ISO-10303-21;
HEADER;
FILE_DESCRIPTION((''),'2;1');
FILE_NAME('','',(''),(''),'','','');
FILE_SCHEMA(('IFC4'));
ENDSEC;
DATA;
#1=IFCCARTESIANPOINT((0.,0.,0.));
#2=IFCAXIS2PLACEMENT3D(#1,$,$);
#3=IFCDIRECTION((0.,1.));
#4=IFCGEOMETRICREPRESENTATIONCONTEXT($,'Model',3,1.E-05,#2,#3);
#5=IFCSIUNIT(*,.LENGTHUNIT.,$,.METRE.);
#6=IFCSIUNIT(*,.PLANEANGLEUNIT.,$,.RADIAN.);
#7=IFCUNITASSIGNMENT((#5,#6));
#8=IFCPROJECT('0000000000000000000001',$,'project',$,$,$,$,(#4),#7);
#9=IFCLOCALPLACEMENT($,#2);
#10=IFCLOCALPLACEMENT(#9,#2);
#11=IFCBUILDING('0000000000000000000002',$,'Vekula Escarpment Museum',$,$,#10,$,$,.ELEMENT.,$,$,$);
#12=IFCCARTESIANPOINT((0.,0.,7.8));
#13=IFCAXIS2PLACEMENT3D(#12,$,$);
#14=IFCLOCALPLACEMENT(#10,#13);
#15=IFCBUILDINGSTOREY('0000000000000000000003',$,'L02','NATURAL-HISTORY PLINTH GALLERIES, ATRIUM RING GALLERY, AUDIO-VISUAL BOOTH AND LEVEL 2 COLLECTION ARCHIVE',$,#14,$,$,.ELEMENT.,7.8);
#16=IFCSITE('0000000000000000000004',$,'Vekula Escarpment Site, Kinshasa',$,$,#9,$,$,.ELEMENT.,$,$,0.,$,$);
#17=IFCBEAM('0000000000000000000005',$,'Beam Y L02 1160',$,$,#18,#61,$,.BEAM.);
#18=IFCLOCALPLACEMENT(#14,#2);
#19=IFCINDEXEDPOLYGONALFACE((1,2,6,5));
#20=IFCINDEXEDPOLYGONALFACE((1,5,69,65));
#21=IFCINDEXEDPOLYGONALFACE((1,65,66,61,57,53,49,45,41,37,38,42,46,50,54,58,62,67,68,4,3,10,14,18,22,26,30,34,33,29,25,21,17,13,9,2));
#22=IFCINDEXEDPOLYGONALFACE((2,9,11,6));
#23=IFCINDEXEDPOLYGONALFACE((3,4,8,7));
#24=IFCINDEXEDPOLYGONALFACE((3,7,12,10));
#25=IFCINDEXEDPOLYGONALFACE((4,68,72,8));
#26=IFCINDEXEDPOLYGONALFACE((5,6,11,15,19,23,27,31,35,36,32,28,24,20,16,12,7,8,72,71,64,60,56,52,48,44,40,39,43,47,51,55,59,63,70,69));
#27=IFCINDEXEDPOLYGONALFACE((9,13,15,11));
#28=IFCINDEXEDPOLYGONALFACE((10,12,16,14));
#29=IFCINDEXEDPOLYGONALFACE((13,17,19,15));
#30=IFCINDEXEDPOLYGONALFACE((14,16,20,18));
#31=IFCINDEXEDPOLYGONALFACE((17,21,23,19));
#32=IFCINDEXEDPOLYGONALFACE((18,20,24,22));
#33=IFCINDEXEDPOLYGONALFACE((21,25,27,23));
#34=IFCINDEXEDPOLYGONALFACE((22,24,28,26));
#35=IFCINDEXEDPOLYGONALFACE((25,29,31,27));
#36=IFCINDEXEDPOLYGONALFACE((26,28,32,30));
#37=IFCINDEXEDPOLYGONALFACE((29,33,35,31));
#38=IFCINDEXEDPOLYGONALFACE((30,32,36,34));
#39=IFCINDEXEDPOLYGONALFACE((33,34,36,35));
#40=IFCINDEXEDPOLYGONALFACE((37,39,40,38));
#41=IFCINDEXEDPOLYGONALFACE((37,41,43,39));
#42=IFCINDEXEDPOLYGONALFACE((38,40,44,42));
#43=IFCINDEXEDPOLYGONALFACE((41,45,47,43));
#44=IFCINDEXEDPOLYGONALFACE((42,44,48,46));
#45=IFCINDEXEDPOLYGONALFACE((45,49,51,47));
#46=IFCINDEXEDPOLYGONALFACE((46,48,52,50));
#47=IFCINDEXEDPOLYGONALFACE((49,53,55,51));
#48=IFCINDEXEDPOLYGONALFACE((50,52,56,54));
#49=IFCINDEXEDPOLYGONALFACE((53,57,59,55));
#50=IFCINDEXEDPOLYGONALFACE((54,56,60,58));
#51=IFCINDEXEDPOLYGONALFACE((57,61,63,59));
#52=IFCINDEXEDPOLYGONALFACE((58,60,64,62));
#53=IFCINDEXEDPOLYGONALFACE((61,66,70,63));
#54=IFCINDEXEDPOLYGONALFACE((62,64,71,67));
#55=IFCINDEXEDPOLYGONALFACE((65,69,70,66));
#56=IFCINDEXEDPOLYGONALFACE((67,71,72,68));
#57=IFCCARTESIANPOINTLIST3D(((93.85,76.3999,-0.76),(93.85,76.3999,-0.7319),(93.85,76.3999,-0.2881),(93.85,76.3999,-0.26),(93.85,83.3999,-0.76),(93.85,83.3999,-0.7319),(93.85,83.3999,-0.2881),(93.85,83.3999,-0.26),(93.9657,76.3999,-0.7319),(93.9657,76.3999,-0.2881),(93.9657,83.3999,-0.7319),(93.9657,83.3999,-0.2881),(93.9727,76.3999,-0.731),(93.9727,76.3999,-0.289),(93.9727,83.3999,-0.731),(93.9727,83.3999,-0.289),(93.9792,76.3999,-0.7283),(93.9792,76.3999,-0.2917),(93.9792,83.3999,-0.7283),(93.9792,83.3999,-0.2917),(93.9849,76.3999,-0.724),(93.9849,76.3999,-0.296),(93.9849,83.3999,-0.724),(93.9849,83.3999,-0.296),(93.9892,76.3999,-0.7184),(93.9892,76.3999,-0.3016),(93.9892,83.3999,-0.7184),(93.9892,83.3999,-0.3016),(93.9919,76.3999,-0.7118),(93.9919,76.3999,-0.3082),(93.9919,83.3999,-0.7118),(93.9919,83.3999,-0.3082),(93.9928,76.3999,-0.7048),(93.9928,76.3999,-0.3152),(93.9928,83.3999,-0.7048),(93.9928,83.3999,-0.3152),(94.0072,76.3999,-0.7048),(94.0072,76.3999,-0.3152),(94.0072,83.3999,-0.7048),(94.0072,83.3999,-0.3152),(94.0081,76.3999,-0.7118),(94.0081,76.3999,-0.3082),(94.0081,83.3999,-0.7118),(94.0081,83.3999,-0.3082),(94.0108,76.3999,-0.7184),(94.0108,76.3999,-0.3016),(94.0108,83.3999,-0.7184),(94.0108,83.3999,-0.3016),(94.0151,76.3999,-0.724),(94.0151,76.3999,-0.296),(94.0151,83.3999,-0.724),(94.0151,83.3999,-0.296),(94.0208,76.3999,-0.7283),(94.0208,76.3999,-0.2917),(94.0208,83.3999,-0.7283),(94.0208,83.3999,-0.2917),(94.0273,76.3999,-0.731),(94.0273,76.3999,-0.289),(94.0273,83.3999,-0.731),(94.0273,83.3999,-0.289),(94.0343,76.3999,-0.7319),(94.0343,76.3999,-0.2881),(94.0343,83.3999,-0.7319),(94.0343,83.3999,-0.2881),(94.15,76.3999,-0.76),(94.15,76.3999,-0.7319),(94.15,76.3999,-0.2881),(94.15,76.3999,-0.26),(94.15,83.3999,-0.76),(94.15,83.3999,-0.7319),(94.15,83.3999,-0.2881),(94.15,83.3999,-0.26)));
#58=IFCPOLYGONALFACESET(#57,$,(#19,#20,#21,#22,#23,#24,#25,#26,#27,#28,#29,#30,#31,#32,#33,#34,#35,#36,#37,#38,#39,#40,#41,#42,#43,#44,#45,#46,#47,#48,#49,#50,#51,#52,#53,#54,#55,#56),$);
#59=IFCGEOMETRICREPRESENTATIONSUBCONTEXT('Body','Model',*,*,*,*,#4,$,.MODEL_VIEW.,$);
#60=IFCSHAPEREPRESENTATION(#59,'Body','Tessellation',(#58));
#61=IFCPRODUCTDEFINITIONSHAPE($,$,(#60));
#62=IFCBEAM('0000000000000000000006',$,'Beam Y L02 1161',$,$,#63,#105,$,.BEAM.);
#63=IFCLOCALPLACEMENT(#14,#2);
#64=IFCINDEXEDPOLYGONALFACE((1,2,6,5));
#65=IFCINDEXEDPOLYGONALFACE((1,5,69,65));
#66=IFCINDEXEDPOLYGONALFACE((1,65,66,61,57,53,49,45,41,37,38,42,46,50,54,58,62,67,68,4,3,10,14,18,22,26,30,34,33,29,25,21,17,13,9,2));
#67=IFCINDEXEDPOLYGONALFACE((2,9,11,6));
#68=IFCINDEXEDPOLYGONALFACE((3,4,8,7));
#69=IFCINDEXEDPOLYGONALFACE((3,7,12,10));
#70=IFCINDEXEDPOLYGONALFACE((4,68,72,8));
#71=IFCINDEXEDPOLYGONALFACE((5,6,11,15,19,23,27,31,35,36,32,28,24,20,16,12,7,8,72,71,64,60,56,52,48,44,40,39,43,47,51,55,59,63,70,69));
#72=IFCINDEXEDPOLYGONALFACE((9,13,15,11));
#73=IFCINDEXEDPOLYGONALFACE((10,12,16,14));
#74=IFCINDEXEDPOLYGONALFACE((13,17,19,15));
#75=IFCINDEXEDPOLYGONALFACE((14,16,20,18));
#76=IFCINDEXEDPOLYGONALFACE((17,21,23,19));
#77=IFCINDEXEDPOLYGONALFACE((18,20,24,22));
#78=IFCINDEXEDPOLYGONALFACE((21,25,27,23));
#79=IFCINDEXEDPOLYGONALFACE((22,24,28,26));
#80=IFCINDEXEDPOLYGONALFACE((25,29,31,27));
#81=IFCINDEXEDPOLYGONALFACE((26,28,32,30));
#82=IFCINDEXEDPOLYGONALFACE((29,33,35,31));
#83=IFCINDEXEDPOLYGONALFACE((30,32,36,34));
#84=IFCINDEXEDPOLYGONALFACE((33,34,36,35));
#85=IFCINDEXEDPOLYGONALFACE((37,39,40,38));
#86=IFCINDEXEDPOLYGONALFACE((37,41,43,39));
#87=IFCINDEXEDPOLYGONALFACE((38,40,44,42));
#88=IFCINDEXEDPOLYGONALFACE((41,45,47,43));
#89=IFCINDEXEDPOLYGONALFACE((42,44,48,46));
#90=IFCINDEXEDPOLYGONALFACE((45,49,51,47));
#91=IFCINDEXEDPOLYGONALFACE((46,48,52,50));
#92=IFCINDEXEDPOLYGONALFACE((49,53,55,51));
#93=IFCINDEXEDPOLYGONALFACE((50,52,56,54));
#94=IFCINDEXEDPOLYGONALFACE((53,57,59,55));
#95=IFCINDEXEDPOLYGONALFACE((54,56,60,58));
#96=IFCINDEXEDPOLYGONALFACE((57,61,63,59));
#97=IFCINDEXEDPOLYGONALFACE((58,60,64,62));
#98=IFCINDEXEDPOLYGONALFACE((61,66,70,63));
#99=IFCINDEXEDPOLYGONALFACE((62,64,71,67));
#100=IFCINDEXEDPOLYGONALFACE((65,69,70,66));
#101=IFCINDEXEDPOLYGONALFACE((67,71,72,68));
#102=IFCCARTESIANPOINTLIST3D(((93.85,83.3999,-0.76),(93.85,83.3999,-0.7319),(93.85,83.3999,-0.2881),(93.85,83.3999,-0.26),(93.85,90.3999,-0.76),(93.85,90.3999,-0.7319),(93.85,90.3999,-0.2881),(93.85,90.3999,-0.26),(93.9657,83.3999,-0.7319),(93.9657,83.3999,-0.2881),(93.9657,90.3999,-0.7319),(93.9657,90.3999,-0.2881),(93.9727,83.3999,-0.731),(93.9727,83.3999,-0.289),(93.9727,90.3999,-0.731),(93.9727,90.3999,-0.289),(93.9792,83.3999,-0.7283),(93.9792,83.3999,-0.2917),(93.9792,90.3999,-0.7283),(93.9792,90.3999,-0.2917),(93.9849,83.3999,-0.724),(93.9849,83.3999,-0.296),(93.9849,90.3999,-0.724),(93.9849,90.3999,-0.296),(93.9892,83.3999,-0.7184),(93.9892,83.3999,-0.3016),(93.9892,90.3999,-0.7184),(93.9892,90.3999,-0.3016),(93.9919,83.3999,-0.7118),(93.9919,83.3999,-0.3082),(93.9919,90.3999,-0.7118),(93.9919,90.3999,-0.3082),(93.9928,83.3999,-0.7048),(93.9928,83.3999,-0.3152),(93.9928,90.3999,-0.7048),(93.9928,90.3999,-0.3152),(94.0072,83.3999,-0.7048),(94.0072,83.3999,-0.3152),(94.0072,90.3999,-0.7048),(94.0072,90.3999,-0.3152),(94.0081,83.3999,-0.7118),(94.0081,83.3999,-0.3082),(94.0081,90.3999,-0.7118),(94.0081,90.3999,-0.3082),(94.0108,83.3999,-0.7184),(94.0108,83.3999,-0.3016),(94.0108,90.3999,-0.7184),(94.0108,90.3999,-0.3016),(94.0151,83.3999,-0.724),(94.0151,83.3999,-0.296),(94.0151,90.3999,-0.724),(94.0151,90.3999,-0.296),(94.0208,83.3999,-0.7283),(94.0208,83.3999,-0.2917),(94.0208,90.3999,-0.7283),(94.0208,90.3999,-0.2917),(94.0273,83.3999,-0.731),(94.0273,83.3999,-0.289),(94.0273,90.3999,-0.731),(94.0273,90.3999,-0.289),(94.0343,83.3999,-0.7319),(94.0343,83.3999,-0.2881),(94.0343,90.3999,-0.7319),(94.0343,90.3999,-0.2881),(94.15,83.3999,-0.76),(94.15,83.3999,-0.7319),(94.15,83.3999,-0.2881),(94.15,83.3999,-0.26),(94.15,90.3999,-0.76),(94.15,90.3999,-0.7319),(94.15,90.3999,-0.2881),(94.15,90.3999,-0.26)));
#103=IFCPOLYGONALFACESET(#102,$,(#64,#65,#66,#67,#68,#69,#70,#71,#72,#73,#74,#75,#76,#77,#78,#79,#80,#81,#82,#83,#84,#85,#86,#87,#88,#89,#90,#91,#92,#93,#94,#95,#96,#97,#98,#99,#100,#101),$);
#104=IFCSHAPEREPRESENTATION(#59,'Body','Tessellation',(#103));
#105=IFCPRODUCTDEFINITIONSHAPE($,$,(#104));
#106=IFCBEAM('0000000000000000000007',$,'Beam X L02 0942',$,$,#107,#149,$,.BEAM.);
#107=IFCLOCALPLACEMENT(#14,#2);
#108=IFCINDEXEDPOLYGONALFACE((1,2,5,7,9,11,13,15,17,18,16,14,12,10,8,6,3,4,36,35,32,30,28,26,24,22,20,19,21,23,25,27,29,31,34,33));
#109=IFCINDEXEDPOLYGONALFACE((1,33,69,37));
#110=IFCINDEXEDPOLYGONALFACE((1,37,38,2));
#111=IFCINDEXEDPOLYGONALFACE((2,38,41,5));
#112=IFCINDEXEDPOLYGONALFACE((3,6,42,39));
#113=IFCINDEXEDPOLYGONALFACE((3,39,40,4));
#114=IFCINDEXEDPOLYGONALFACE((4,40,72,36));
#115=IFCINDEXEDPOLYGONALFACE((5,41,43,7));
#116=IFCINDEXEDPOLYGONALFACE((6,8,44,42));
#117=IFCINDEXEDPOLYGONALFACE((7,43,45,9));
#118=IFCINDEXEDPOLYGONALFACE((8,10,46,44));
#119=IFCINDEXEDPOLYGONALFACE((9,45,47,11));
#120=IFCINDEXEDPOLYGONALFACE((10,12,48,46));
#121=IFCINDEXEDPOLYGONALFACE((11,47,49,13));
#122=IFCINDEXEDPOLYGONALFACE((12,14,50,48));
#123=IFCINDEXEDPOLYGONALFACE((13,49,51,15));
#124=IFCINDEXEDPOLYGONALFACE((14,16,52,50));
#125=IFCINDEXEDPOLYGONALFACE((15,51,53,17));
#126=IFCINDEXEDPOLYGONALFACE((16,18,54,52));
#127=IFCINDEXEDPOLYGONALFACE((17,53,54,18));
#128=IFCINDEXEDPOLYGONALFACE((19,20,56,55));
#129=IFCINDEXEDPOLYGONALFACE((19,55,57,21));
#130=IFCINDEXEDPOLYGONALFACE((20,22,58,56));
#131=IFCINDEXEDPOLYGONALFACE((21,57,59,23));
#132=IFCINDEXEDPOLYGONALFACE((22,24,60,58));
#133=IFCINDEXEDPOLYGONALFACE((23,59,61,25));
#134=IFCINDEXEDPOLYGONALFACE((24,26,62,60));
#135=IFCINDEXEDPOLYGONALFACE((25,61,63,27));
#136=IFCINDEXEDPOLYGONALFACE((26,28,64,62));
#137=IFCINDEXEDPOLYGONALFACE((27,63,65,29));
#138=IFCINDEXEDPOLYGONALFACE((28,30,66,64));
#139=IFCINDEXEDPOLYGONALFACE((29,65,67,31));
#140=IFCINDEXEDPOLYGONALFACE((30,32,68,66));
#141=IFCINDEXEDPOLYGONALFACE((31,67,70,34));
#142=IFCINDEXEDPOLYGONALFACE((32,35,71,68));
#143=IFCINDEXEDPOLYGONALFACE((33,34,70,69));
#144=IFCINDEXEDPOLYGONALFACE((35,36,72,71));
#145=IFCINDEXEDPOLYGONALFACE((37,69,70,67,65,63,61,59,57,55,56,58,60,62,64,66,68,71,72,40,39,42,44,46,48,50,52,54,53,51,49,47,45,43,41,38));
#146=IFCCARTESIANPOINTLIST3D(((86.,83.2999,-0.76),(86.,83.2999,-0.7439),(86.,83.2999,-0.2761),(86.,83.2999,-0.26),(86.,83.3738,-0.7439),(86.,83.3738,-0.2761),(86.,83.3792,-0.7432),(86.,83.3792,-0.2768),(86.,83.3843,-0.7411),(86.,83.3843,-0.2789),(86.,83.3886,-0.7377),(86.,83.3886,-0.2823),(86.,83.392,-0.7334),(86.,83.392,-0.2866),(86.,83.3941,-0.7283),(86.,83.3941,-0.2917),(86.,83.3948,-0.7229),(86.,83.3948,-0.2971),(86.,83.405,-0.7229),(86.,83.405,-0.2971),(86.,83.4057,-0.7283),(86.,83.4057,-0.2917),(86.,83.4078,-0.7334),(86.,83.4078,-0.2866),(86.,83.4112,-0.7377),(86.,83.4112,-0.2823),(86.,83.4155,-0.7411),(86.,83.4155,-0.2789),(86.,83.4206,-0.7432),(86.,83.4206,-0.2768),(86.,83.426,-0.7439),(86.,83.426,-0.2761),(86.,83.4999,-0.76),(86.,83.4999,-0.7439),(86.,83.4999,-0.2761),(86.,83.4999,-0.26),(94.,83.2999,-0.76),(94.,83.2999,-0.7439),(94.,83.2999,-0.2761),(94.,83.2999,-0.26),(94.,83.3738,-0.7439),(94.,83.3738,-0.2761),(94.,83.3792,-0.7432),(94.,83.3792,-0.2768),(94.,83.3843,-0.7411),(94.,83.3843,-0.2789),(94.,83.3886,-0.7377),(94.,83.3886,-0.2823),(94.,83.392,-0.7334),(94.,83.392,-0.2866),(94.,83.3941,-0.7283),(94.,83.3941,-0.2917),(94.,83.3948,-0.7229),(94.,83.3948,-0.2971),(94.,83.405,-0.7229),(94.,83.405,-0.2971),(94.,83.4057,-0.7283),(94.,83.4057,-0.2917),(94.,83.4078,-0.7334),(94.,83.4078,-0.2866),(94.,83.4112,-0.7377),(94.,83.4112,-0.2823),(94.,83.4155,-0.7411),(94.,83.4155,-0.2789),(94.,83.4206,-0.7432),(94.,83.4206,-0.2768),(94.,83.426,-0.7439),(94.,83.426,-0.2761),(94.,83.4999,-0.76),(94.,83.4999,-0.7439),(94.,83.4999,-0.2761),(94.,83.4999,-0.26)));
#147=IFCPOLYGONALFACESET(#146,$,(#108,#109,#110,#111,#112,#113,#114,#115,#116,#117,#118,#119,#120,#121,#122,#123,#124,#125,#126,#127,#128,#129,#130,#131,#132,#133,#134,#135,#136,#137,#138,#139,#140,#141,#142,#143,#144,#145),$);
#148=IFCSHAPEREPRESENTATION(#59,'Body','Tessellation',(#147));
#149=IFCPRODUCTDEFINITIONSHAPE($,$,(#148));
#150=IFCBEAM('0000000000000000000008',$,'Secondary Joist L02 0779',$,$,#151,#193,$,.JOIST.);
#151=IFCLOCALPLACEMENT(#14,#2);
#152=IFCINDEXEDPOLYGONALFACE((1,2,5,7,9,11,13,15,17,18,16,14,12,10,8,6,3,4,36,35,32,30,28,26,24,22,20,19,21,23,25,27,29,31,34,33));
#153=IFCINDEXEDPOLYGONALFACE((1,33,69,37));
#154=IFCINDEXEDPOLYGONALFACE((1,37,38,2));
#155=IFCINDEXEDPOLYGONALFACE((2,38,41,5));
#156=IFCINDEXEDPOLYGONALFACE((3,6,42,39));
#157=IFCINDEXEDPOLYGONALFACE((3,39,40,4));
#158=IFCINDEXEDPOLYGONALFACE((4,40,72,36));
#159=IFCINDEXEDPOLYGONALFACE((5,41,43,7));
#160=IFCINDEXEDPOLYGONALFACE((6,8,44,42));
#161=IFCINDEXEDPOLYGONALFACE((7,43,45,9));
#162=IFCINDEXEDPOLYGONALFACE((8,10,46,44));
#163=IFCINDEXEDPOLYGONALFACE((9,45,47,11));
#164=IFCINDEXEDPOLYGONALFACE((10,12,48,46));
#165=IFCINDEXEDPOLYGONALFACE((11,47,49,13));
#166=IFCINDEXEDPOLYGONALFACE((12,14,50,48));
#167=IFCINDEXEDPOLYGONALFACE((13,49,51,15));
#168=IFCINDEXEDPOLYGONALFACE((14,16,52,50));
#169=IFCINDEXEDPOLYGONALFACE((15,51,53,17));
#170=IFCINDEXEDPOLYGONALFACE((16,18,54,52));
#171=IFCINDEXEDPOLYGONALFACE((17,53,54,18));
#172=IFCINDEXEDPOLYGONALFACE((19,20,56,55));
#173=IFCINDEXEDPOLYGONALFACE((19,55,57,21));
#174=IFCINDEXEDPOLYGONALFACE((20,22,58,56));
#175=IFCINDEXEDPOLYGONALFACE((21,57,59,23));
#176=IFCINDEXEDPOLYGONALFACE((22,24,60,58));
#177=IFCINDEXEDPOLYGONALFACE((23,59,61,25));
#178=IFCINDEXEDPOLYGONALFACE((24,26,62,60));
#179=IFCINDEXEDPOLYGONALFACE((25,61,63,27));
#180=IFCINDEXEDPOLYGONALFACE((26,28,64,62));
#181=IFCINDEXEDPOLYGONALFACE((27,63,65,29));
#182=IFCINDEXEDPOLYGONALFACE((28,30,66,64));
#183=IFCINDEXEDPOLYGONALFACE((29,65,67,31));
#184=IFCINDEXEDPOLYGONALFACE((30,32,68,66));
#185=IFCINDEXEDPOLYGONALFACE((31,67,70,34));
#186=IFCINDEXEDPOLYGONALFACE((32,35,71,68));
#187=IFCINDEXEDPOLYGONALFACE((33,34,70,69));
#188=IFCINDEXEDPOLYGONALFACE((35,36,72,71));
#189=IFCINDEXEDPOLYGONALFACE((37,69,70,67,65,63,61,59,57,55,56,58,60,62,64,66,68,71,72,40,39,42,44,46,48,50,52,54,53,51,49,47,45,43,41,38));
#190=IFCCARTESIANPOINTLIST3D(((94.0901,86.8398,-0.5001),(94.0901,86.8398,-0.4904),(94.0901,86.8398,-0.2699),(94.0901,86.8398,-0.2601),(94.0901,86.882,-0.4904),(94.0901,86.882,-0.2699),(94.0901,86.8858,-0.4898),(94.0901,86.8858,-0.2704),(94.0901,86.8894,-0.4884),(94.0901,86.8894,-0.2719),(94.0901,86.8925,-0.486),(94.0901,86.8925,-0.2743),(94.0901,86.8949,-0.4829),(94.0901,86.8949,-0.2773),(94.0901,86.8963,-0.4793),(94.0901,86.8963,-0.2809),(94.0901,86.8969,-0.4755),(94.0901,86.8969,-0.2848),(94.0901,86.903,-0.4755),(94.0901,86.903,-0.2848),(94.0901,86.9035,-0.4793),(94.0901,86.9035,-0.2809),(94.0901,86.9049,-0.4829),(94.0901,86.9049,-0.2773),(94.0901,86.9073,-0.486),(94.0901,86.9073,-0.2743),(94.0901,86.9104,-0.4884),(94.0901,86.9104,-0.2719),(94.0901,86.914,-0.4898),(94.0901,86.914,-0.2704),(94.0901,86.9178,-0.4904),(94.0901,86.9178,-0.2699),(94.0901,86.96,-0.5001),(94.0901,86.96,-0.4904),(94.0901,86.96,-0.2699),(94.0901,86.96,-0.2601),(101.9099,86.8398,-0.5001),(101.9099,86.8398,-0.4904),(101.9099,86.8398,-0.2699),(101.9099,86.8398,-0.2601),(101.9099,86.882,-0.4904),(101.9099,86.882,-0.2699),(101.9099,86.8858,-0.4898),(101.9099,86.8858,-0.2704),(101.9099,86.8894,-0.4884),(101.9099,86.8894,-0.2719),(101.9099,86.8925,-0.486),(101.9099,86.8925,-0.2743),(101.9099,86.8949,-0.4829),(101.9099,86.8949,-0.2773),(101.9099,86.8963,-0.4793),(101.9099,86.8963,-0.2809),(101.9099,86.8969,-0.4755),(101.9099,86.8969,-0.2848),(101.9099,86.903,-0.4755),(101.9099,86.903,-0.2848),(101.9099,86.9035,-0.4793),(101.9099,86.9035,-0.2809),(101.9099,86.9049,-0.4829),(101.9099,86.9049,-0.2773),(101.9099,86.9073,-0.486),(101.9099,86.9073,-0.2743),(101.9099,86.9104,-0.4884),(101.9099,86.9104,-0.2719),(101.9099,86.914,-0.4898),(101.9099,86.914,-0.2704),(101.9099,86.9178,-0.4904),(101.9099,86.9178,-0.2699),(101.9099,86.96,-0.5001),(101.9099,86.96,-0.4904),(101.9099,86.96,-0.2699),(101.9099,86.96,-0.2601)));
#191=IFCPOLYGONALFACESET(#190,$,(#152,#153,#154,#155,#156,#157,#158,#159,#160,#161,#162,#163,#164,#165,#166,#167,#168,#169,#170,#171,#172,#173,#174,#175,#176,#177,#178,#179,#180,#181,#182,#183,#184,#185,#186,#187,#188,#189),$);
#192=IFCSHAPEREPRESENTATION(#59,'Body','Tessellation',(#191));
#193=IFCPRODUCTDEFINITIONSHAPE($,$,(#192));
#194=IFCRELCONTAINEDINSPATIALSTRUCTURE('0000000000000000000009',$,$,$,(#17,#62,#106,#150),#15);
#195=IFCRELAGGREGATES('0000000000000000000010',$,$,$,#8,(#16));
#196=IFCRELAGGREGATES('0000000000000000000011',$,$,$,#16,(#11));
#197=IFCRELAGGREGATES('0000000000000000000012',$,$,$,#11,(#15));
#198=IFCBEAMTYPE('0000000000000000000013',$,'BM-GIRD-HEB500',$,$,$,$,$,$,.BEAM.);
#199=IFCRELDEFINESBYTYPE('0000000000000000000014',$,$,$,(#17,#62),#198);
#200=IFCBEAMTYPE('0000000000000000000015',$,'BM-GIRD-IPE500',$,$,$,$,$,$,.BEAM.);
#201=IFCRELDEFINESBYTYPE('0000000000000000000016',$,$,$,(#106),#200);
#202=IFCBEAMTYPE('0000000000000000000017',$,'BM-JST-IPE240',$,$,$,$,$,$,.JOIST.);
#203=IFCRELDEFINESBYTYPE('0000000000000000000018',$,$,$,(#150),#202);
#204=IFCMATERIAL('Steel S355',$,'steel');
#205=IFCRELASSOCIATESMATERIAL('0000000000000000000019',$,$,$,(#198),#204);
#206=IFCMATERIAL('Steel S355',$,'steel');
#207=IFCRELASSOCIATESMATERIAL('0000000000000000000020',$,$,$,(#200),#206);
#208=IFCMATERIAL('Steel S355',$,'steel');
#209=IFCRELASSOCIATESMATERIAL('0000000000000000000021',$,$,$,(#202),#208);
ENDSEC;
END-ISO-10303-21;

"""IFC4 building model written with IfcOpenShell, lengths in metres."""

from ifc_helpers import new_model, si_unit, direction, frame, origin, origin_2d, place, context, subcontext, project, spatial, i_section, extrude, material, material_profile, profile_set, type_object, element, save


model = new_model("IFC4")

# Units and contexts
model_context = context("Model", 3, precision=1e-05, world=origin(), true_north=direction((0.0, 1.0)))
body_context = subcontext(model_context, "Body", "Model", "MODEL_VIEW")
ifc_project = project(units=[si_unit("LENGTHUNIT", "METRE"), si_unit("PLANEANGLEUNIT", "RADIAN")], contexts=[model_context])

# Site, building, storey
site_placement = place(None, origin())
site = spatial("IfcSite", under=ifc_project, at=site_placement, Name="Vekula Escarpment Site, Kinshasa", CompositionType="ELEMENT", RefElevation=0.0)
building_placement = place(site_placement, origin())
building = spatial("IfcBuilding", under=site, at=building_placement, Name="Vekula Escarpment Museum", CompositionType="ELEMENT")
storey_placement = place(building_placement, frame((0.0, 0.0, 7.8)))
storey = spatial("IfcBuildingStorey", under=building, at=storey_placement, Name="L02", Description="NATURAL-HISTORY PLINTH GALLERIES, ATRIUM RING GALLERY, AUDIO-VISUAL BOOTH AND LEVEL 2 COLLECTION ARCHIVE", CompositionType="ELEMENT", Elevation=7.8)

# Beams
ifc_material_1 = material(Name="Steel S355", Category="steel")
ifc_material_profile_1 = material_profile(ifc_material_1, i_section(OverallWidth=0.3, OverallDepth=0.5, WebThickness=0.0144, FlangeThickness=0.0281, FilletRadius=0.0271, at=origin_2d()), Name="HEB 500")
ifc_profile_set_1 = profile_set([ifc_material_profile_1], Name="Steel S355")
beam_type_1 = type_object("IfcBeamType", Name="BM-GIRD-HEB500", PredefinedType="BEAM", material=ifc_profile_set_1)
for number, where, z_axis, x_axis, name in (
    (1, (94.0, 76.3999, -0.51), (0.0, 1.0, 0.0), (-1.0, 0.0, 0.0), "Beam Y L02 1160"),
    (2, (94.0, 83.3999, -0.51), (0.0, 1.0, 0.0), (-1.0, 0.0, 0.0), "Beam Y L02 1161"),
):
    element("IfcBeam", number, at=place(storey_placement, frame(where, z_axis=z_axis, x_axis=x_axis)), inside=storey, type_object=beam_type_1, Name=name, PredefinedType="BEAM", context=body_context, shape_type="SweptSolid", body=[
        extrude(i_section(OverallWidth=0.3, OverallDepth=0.5, WebThickness=0.0144, FlangeThickness=0.0281, FilletRadius=0.0271, at=origin_2d()), origin(), (0.0, 0.0, 1.0), 7.0),
    ])
ifc_material_2 = material(Name="Steel S355", Category="steel")
ifc_material_profile_2 = material_profile(ifc_material_2, i_section(OverallWidth=0.2, OverallDepth=0.5, WebThickness=0.0103, FlangeThickness=0.0161, FilletRadius=0.021, at=origin_2d()), Name="IPE 500")
ifc_profile_set_2 = profile_set([ifc_material_profile_2], Name="Steel S355")
beam_type_2 = type_object("IfcBeamType", Name="BM-GIRD-IPE500", PredefinedType="BEAM", material=ifc_profile_set_2)
beam_1_placement = place(storey_placement, frame((86.0, 83.3999, -0.51), z_axis=(1.0, 0.0, 0.0), x_axis=(0.0, 1.0, 0.0)))
element("IfcBeam", 3, at=beam_1_placement, inside=storey, type_object=beam_type_2, Name="Beam X L02 0942", PredefinedType="BEAM", context=body_context, shape_type="SweptSolid", body=[
    extrude(i_section(OverallWidth=0.2, OverallDepth=0.5, WebThickness=0.0103, FlangeThickness=0.0161, FilletRadius=0.021, at=origin_2d()), origin(), (0.0, 0.0, 1.0), 8.0),
])
ifc_material_3 = material(Name="Steel S355", Category="steel")
ifc_material_profile_3 = material_profile(ifc_material_3, i_section(OverallWidth=0.1201, OverallDepth=0.24, WebThickness=0.0061, FlangeThickness=0.0098, FilletRadius=0.0149, at=origin_2d()), Name="IPE 240")
ifc_profile_set_3 = profile_set([ifc_material_profile_3], Name="Steel S355")
beam_type_3 = type_object("IfcBeamType", Name="BM-JST-IPE240", PredefinedType="JOIST", material=ifc_profile_set_3)
beam_2_placement = place(storey_placement, frame((94.0901, 86.8999, -0.3801), z_axis=(1.0, 0.0, 0.0), x_axis=(0.0, 1.0, 0.0)))
element("IfcBeam", 4, at=beam_2_placement, inside=storey, type_object=beam_type_3, Name="Secondary Joist L02 0779", PredefinedType="JOIST", context=body_context, shape_type="SweptSolid", body=[
    extrude(i_section(OverallWidth=0.1201, OverallDepth=0.24, WebThickness=0.0061, FlangeThickness=0.0098, FilletRadius=0.0149, at=origin_2d()), origin(), (0.0, 0.0, 1.0), 7.8198),
])

save(model, "model.ifc")
